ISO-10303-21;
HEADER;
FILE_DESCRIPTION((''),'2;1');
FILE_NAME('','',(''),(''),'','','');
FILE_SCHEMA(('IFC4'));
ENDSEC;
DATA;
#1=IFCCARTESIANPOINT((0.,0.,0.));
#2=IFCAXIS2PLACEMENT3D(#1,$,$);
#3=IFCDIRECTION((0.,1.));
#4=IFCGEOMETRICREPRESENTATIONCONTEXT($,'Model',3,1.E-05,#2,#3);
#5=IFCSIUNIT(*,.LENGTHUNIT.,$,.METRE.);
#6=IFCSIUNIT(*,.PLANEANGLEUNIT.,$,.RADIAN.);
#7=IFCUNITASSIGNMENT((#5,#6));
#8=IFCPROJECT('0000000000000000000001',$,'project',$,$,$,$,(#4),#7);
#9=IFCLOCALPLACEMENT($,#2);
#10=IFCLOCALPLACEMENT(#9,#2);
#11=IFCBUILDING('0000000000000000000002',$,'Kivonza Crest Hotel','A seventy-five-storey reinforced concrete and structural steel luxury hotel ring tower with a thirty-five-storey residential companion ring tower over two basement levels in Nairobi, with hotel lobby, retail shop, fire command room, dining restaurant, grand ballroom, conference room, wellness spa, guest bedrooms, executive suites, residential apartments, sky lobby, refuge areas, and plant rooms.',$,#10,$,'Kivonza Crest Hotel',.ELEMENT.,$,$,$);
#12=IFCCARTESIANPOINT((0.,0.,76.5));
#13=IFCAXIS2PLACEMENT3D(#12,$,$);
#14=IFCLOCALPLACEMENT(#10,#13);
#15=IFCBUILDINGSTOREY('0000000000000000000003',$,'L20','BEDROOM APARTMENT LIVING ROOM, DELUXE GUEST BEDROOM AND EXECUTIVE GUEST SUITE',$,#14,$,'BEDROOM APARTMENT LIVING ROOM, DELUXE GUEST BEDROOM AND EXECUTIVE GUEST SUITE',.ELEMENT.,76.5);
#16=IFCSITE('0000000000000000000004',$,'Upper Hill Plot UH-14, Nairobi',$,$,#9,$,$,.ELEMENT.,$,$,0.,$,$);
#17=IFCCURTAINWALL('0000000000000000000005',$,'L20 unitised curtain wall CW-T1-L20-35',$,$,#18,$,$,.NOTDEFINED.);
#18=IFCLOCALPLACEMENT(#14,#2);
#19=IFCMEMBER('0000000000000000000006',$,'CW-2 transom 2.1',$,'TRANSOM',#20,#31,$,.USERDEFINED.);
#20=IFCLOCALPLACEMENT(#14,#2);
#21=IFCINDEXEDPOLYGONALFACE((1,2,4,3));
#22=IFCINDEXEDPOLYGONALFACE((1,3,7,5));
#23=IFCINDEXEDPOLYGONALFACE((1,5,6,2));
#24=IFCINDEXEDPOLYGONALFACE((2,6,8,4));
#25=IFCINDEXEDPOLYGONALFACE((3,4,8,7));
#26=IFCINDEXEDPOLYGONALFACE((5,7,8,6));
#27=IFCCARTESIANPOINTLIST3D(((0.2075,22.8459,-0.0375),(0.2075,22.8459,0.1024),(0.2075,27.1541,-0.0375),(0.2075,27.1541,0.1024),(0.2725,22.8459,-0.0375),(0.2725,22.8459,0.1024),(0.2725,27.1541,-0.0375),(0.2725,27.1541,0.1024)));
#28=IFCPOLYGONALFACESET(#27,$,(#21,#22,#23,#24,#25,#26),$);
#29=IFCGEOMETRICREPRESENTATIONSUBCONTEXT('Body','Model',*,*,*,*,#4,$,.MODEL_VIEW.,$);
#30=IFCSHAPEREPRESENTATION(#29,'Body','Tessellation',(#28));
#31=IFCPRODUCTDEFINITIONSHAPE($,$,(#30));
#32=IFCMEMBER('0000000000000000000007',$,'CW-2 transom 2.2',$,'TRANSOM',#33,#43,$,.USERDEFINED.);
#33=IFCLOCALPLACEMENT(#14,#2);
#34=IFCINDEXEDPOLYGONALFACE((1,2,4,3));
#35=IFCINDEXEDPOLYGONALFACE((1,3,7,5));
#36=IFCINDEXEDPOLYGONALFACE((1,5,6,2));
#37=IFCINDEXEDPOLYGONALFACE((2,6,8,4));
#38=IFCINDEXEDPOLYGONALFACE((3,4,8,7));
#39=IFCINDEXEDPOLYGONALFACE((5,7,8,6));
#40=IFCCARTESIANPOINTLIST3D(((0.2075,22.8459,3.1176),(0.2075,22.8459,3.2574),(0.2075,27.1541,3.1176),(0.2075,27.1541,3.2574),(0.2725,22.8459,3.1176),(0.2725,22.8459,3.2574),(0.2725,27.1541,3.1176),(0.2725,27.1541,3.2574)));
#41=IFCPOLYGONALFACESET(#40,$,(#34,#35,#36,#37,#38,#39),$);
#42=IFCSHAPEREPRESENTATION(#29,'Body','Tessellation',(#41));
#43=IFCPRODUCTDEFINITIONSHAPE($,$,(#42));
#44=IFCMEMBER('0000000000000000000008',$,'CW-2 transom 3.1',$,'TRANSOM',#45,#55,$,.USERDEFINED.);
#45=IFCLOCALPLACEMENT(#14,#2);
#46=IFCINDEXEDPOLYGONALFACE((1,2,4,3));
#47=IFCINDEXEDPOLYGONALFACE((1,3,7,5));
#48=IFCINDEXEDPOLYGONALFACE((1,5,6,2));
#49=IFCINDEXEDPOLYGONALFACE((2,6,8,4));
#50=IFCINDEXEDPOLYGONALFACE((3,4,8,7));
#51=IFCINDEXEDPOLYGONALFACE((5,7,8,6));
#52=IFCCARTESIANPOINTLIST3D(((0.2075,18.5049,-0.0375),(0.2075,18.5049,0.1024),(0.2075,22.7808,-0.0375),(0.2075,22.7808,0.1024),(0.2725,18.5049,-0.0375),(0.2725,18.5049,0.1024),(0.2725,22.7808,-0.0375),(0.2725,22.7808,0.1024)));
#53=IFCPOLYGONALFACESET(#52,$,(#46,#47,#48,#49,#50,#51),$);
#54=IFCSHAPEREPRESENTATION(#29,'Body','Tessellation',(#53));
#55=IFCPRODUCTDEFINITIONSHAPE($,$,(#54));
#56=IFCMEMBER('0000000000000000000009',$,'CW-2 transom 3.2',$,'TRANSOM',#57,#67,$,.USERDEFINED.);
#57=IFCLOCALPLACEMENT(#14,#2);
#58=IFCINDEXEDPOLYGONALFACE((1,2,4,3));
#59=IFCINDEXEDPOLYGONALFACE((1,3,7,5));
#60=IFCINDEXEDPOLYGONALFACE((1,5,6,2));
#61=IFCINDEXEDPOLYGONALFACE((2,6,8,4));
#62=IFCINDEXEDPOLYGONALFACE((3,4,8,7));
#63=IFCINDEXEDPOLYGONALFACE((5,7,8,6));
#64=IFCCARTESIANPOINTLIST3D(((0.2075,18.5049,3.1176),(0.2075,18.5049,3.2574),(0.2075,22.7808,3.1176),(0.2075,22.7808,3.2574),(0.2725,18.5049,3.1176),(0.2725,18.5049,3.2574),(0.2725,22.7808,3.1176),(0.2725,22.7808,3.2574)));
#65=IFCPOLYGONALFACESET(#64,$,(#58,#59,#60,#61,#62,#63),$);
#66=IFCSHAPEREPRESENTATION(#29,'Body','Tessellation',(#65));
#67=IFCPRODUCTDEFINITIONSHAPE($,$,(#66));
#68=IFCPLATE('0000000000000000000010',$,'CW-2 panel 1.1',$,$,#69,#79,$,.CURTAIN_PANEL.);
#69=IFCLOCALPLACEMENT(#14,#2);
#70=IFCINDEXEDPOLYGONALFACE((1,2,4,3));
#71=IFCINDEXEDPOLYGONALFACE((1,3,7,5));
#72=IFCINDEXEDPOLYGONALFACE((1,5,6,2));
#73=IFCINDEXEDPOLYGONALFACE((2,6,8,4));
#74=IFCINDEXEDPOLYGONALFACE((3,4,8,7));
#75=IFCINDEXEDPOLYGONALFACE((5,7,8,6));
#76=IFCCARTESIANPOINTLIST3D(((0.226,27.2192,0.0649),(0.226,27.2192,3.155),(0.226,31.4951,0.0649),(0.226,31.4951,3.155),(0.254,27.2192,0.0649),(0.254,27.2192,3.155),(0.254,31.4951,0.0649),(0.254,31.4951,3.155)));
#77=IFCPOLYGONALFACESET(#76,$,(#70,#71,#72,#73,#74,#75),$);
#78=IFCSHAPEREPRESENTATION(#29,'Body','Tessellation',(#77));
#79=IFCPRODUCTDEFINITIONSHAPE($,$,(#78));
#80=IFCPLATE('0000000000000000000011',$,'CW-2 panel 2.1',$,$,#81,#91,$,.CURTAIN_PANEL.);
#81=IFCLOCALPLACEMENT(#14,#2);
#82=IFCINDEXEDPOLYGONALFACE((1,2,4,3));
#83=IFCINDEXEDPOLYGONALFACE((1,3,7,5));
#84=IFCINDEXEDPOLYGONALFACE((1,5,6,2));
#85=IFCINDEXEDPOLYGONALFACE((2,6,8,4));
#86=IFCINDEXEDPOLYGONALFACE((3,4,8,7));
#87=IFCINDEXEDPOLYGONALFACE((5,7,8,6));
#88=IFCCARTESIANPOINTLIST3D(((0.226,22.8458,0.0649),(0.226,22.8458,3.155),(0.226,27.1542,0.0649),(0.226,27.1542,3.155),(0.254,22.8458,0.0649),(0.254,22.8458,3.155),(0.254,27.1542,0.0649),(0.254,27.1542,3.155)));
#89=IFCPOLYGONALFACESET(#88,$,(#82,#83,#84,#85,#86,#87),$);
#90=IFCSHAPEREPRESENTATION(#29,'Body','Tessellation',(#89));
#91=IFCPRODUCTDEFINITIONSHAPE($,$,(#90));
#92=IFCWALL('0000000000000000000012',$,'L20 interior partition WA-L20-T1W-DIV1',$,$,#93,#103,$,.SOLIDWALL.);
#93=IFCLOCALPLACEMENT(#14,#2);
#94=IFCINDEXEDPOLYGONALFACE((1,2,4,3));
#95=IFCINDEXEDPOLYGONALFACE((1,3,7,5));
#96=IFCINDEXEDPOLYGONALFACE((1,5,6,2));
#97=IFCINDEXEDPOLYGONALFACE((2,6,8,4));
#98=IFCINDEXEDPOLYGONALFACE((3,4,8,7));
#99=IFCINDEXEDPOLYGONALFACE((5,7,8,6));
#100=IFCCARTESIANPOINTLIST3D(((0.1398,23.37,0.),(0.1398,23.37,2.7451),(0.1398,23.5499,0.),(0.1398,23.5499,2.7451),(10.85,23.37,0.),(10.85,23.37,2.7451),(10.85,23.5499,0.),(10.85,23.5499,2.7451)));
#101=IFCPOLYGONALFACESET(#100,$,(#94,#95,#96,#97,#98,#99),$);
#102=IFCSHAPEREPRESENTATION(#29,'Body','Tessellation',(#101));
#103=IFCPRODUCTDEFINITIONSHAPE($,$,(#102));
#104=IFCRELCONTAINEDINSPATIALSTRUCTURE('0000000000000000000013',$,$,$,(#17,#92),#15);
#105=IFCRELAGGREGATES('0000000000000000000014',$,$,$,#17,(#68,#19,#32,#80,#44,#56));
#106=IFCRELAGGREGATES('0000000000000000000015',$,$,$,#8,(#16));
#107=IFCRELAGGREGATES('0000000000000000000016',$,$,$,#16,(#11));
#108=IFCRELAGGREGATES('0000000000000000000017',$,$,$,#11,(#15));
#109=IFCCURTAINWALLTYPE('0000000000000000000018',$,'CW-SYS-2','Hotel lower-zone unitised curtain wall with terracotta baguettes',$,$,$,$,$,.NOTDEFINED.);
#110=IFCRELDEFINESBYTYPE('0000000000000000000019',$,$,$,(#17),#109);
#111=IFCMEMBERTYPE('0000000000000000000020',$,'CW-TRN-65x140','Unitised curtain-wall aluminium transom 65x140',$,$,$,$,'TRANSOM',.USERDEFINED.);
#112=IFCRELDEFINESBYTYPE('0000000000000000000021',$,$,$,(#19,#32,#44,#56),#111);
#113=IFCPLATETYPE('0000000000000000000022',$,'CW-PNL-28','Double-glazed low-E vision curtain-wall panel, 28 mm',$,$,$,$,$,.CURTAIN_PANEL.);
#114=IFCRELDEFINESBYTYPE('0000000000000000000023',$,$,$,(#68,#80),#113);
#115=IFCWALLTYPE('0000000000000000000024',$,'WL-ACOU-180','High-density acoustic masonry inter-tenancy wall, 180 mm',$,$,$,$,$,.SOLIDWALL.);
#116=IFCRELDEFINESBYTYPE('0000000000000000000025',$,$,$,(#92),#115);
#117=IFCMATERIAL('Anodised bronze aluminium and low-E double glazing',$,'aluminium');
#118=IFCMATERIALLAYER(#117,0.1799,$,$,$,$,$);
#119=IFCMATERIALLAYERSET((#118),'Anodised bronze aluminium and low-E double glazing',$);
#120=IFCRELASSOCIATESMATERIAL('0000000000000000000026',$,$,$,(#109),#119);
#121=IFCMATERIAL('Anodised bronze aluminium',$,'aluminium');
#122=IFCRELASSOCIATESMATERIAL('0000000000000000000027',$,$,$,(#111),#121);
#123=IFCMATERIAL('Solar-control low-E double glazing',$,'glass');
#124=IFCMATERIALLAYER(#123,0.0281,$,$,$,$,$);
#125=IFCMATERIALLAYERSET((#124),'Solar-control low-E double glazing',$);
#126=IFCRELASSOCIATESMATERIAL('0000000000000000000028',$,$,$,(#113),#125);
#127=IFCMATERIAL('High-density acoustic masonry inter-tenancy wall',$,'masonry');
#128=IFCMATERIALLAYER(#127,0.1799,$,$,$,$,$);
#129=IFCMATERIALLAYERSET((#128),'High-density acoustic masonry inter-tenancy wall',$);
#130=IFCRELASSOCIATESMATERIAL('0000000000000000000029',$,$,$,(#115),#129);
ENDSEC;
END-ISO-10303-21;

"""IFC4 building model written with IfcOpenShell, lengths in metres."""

from ifc_helpers import new_model, si_unit, direction, frame, frame_2d, origin, origin_2d, place, context, subcontext, project, spatial, rectangle, extrude, material, layer, layer_set, material_profile, profile_set, type_object, element, aggregate, save


model = new_model("IFC4")

# Units and contexts
model_context = context("Model", 3, precision=1e-05, world=origin(), true_north=direction((0.0, 1.0)))
body_context = subcontext(model_context, "Body", "Model", "MODEL_VIEW")
ifc_project = project(units=[si_unit("LENGTHUNIT", "METRE"), si_unit("PLANEANGLEUNIT", "RADIAN")], contexts=[model_context])

# Site, building, storey
site_placement = place(None, origin())
site = spatial("IfcSite", under=ifc_project, at=site_placement, Name="Upper Hill Plot UH-14, Nairobi", CompositionType="ELEMENT", RefElevation=0.0)
building_placement = place(site_placement, origin())
building = spatial("IfcBuilding", under=site, at=building_placement, Name="Kivonza Crest Hotel", Description="A seventy-five-storey reinforced concrete and structural steel luxury hotel ring tower with a thirty-five-storey residential companion ring tower over two basement levels in Nairobi, with hotel lobby, retail shop, fire command room, dining restaurant, grand ballroom, conference room, wellness spa, guest bedrooms, executive suites, residential apartments, sky lobby, refuge areas, and plant rooms.", LongName="Kivonza Crest Hotel", CompositionType="ELEMENT")
storey_placement = place(building_placement, frame((0.0, 0.0, 76.5)))
storey = spatial("IfcBuildingStorey", under=building, at=storey_placement, Name="L20", Description="BEDROOM APARTMENT LIVING ROOM, DELUXE GUEST BEDROOM AND EXECUTIVE GUEST SUITE", LongName="BEDROOM APARTMENT LIVING ROOM, DELUXE GUEST BEDROOM AND EXECUTIVE GUEST SUITE", CompositionType="ELEMENT", Elevation=76.5)

# Curtain wall, members, plates
ifc_material_1 = material(Name="Anodised bronze aluminium and low-E double glazing", Category="aluminium")
ifc_layer_1 = layer(ifc_material_1, 0.1799)
ifc_layer_set_1 = layer_set([ifc_layer_1], Name="Anodised bronze aluminium and low-E double glazing")
curtain_wall_type = type_object("IfcCurtainWallType", Name="CW-SYS-2", Description="Hotel lower-zone unitised curtain wall with terracotta baguettes", PredefinedType="NOTDEFINED", material=ifc_layer_set_1)
curtain_wall_placement = place(storey_placement, origin())
curtain_wall = element("IfcCurtainWall", 1, at=curtain_wall_placement, inside=storey, type_object=curtain_wall_type, Name="L20 unitised curtain wall CW-T1-L20-35", PredefinedType="NOTDEFINED")
ifc_material_2 = material(Name="Anodised bronze aluminium", Category="aluminium")
ifc_material_profile_1 = material_profile(ifc_material_2, rectangle(XDim=0.0649, YDim=0.1399, at=origin_2d()), Name="CW-T 65x140")
ifc_profile_set_1 = profile_set([ifc_material_profile_1], Name="Anodised bronze aluminium")
member_type_1 = type_object("IfcMemberType", Name="CW-TRN-65x140", Description="Unitised curtain-wall aluminium transom 65x140", ElementType="TRANSOM", PredefinedType="USERDEFINED", material=ifc_profile_set_1)
member_1_placement = place(storey_placement, frame((0.24, 27.1541, 0.0325), z_axis=(0.0, -1.0, 0.0), x_axis=(1.0, 0.0, 0.0)))
member_1 = element("IfcMember", 2, at=member_1_placement, type_object=member_type_1, Name="CW-2 transom 2.1", ObjectType="TRANSOM", PredefinedType="USERDEFINED", context=body_context, shape_type="SweptSolid", body=[
    extrude(rectangle(XDim=0.0649, YDim=0.1399, at=origin_2d()), origin(), (0.0, 0.0, 1.0), 4.3081),
])
member_2_placement = place(storey_placement, frame((0.24, 27.1541, 3.1875), z_axis=(0.0, -1.0, 0.0), x_axis=(1.0, 0.0, 0.0)))
member_2 = element("IfcMember", 3, at=member_2_placement, type_object=member_type_1, Name="CW-2 transom 2.2", ObjectType="TRANSOM", PredefinedType="USERDEFINED", context=body_context, shape_type="SweptSolid", body=[
    extrude(rectangle(XDim=0.0649, YDim=0.1399, at=origin_2d()), origin(), (0.0, 0.0, 1.0), 4.3081),
])
member_3_placement = place(storey_placement, frame((0.24, 22.7808, 0.0325), z_axis=(0.0, -1.0, 0.0), x_axis=(1.0, 0.0, 0.0)))
member_3 = element("IfcMember", 4, at=member_3_placement, type_object=member_type_1, Name="CW-2 transom 3.1", ObjectType="TRANSOM", PredefinedType="USERDEFINED", context=body_context, shape_type="SweptSolid", body=[
    extrude(rectangle(XDim=0.0649, YDim=0.1399, at=origin_2d()), origin(), (0.0, 0.0, 1.0), 4.2759),
])
member_4_placement = place(storey_placement, frame((0.24, 22.7808, 3.1875), z_axis=(0.0, -1.0, 0.0), x_axis=(1.0, 0.0, 0.0)))
member_4 = element("IfcMember", 5, at=member_4_placement, type_object=member_type_1, Name="CW-2 transom 3.2", ObjectType="TRANSOM", PredefinedType="USERDEFINED", context=body_context, shape_type="SweptSolid", body=[
    extrude(rectangle(XDim=0.0649, YDim=0.1399, at=origin_2d()), origin(), (0.0, 0.0, 1.0), 4.2759),
])
ifc_material_3 = material(Name="Solar-control low-E double glazing", Category="glass")
ifc_layer_2 = layer(ifc_material_3, 0.0281)
ifc_layer_set_2 = layer_set([ifc_layer_2], Name="Solar-control low-E double glazing")
plate_type = type_object("IfcPlateType", Name="CW-PNL-28", Description="Double-glazed low-E vision curtain-wall panel, 28 mm", PredefinedType="CURTAIN_PANEL", material=ifc_layer_set_2)
plate_1_placement = place(storey_placement, frame((0.24, 29.3572, 0.0649), z_axis=(0.0, 0.0, 1.0), x_axis=(0.0, -1.0, 0.0)))
plate_1 = element("IfcPlate", 6, at=plate_1_placement, type_object=plate_type, Name="CW-2 panel 1.1", PredefinedType="CURTAIN_PANEL", context=body_context, shape_type="SweptSolid", body=[
    extrude(rectangle(XDim=4.2759, YDim=0.0281, at=origin_2d()), origin(), (0.0, 0.0, 1.0), 3.0901),
])
plate_2_placement = place(storey_placement, frame((0.24, 25.0, 0.0649), z_axis=(0.0, 0.0, 1.0), x_axis=(0.0, -1.0, 0.0)))
plate_2 = element("IfcPlate", 7, at=plate_2_placement, type_object=plate_type, Name="CW-2 panel 2.1", PredefinedType="CURTAIN_PANEL", context=body_context, shape_type="SweptSolid", body=[
    extrude(rectangle(XDim=4.3083, YDim=0.0281, at=origin_2d()), origin(), (0.0, 0.0, 1.0), 3.0901),
])
aggregate(curtain_wall, [plate_1, member_1, member_2, plate_2, member_3, member_4])

# Wall
ifc_material_4 = material(Name="High-density acoustic masonry inter-tenancy wall", Category="masonry")
ifc_layer_3 = layer(ifc_material_4, 0.1799)
ifc_layer_set_3 = layer_set([ifc_layer_3], Name="High-density acoustic masonry inter-tenancy wall")
wall_type = type_object("IfcWallType", Name="WL-ACOU-180", Description="High-density acoustic masonry inter-tenancy wall, 180 mm", PredefinedType="SOLIDWALL", material=ifc_layer_set_3)
wall_placement = place(storey_placement, frame((0.1399, 23.46, 0.0), z_axis=(0.0, 0.0, 1.0), x_axis=(1.0, 0.0, 0.0)))
element("IfcWall", 8, at=wall_placement, inside=storey, type_object=wall_type, Name="L20 interior partition WA-L20-T1W-DIV1", PredefinedType="SOLIDWALL", context=body_context, shape_type="SweptSolid", body=[
    extrude(rectangle(XDim=10.7102, YDim=0.1799, at=frame_2d((5.355, 0.0))), origin(), (0.0, 0.0, 1.0), 2.7451),
])

save(model, "model.ifc")
